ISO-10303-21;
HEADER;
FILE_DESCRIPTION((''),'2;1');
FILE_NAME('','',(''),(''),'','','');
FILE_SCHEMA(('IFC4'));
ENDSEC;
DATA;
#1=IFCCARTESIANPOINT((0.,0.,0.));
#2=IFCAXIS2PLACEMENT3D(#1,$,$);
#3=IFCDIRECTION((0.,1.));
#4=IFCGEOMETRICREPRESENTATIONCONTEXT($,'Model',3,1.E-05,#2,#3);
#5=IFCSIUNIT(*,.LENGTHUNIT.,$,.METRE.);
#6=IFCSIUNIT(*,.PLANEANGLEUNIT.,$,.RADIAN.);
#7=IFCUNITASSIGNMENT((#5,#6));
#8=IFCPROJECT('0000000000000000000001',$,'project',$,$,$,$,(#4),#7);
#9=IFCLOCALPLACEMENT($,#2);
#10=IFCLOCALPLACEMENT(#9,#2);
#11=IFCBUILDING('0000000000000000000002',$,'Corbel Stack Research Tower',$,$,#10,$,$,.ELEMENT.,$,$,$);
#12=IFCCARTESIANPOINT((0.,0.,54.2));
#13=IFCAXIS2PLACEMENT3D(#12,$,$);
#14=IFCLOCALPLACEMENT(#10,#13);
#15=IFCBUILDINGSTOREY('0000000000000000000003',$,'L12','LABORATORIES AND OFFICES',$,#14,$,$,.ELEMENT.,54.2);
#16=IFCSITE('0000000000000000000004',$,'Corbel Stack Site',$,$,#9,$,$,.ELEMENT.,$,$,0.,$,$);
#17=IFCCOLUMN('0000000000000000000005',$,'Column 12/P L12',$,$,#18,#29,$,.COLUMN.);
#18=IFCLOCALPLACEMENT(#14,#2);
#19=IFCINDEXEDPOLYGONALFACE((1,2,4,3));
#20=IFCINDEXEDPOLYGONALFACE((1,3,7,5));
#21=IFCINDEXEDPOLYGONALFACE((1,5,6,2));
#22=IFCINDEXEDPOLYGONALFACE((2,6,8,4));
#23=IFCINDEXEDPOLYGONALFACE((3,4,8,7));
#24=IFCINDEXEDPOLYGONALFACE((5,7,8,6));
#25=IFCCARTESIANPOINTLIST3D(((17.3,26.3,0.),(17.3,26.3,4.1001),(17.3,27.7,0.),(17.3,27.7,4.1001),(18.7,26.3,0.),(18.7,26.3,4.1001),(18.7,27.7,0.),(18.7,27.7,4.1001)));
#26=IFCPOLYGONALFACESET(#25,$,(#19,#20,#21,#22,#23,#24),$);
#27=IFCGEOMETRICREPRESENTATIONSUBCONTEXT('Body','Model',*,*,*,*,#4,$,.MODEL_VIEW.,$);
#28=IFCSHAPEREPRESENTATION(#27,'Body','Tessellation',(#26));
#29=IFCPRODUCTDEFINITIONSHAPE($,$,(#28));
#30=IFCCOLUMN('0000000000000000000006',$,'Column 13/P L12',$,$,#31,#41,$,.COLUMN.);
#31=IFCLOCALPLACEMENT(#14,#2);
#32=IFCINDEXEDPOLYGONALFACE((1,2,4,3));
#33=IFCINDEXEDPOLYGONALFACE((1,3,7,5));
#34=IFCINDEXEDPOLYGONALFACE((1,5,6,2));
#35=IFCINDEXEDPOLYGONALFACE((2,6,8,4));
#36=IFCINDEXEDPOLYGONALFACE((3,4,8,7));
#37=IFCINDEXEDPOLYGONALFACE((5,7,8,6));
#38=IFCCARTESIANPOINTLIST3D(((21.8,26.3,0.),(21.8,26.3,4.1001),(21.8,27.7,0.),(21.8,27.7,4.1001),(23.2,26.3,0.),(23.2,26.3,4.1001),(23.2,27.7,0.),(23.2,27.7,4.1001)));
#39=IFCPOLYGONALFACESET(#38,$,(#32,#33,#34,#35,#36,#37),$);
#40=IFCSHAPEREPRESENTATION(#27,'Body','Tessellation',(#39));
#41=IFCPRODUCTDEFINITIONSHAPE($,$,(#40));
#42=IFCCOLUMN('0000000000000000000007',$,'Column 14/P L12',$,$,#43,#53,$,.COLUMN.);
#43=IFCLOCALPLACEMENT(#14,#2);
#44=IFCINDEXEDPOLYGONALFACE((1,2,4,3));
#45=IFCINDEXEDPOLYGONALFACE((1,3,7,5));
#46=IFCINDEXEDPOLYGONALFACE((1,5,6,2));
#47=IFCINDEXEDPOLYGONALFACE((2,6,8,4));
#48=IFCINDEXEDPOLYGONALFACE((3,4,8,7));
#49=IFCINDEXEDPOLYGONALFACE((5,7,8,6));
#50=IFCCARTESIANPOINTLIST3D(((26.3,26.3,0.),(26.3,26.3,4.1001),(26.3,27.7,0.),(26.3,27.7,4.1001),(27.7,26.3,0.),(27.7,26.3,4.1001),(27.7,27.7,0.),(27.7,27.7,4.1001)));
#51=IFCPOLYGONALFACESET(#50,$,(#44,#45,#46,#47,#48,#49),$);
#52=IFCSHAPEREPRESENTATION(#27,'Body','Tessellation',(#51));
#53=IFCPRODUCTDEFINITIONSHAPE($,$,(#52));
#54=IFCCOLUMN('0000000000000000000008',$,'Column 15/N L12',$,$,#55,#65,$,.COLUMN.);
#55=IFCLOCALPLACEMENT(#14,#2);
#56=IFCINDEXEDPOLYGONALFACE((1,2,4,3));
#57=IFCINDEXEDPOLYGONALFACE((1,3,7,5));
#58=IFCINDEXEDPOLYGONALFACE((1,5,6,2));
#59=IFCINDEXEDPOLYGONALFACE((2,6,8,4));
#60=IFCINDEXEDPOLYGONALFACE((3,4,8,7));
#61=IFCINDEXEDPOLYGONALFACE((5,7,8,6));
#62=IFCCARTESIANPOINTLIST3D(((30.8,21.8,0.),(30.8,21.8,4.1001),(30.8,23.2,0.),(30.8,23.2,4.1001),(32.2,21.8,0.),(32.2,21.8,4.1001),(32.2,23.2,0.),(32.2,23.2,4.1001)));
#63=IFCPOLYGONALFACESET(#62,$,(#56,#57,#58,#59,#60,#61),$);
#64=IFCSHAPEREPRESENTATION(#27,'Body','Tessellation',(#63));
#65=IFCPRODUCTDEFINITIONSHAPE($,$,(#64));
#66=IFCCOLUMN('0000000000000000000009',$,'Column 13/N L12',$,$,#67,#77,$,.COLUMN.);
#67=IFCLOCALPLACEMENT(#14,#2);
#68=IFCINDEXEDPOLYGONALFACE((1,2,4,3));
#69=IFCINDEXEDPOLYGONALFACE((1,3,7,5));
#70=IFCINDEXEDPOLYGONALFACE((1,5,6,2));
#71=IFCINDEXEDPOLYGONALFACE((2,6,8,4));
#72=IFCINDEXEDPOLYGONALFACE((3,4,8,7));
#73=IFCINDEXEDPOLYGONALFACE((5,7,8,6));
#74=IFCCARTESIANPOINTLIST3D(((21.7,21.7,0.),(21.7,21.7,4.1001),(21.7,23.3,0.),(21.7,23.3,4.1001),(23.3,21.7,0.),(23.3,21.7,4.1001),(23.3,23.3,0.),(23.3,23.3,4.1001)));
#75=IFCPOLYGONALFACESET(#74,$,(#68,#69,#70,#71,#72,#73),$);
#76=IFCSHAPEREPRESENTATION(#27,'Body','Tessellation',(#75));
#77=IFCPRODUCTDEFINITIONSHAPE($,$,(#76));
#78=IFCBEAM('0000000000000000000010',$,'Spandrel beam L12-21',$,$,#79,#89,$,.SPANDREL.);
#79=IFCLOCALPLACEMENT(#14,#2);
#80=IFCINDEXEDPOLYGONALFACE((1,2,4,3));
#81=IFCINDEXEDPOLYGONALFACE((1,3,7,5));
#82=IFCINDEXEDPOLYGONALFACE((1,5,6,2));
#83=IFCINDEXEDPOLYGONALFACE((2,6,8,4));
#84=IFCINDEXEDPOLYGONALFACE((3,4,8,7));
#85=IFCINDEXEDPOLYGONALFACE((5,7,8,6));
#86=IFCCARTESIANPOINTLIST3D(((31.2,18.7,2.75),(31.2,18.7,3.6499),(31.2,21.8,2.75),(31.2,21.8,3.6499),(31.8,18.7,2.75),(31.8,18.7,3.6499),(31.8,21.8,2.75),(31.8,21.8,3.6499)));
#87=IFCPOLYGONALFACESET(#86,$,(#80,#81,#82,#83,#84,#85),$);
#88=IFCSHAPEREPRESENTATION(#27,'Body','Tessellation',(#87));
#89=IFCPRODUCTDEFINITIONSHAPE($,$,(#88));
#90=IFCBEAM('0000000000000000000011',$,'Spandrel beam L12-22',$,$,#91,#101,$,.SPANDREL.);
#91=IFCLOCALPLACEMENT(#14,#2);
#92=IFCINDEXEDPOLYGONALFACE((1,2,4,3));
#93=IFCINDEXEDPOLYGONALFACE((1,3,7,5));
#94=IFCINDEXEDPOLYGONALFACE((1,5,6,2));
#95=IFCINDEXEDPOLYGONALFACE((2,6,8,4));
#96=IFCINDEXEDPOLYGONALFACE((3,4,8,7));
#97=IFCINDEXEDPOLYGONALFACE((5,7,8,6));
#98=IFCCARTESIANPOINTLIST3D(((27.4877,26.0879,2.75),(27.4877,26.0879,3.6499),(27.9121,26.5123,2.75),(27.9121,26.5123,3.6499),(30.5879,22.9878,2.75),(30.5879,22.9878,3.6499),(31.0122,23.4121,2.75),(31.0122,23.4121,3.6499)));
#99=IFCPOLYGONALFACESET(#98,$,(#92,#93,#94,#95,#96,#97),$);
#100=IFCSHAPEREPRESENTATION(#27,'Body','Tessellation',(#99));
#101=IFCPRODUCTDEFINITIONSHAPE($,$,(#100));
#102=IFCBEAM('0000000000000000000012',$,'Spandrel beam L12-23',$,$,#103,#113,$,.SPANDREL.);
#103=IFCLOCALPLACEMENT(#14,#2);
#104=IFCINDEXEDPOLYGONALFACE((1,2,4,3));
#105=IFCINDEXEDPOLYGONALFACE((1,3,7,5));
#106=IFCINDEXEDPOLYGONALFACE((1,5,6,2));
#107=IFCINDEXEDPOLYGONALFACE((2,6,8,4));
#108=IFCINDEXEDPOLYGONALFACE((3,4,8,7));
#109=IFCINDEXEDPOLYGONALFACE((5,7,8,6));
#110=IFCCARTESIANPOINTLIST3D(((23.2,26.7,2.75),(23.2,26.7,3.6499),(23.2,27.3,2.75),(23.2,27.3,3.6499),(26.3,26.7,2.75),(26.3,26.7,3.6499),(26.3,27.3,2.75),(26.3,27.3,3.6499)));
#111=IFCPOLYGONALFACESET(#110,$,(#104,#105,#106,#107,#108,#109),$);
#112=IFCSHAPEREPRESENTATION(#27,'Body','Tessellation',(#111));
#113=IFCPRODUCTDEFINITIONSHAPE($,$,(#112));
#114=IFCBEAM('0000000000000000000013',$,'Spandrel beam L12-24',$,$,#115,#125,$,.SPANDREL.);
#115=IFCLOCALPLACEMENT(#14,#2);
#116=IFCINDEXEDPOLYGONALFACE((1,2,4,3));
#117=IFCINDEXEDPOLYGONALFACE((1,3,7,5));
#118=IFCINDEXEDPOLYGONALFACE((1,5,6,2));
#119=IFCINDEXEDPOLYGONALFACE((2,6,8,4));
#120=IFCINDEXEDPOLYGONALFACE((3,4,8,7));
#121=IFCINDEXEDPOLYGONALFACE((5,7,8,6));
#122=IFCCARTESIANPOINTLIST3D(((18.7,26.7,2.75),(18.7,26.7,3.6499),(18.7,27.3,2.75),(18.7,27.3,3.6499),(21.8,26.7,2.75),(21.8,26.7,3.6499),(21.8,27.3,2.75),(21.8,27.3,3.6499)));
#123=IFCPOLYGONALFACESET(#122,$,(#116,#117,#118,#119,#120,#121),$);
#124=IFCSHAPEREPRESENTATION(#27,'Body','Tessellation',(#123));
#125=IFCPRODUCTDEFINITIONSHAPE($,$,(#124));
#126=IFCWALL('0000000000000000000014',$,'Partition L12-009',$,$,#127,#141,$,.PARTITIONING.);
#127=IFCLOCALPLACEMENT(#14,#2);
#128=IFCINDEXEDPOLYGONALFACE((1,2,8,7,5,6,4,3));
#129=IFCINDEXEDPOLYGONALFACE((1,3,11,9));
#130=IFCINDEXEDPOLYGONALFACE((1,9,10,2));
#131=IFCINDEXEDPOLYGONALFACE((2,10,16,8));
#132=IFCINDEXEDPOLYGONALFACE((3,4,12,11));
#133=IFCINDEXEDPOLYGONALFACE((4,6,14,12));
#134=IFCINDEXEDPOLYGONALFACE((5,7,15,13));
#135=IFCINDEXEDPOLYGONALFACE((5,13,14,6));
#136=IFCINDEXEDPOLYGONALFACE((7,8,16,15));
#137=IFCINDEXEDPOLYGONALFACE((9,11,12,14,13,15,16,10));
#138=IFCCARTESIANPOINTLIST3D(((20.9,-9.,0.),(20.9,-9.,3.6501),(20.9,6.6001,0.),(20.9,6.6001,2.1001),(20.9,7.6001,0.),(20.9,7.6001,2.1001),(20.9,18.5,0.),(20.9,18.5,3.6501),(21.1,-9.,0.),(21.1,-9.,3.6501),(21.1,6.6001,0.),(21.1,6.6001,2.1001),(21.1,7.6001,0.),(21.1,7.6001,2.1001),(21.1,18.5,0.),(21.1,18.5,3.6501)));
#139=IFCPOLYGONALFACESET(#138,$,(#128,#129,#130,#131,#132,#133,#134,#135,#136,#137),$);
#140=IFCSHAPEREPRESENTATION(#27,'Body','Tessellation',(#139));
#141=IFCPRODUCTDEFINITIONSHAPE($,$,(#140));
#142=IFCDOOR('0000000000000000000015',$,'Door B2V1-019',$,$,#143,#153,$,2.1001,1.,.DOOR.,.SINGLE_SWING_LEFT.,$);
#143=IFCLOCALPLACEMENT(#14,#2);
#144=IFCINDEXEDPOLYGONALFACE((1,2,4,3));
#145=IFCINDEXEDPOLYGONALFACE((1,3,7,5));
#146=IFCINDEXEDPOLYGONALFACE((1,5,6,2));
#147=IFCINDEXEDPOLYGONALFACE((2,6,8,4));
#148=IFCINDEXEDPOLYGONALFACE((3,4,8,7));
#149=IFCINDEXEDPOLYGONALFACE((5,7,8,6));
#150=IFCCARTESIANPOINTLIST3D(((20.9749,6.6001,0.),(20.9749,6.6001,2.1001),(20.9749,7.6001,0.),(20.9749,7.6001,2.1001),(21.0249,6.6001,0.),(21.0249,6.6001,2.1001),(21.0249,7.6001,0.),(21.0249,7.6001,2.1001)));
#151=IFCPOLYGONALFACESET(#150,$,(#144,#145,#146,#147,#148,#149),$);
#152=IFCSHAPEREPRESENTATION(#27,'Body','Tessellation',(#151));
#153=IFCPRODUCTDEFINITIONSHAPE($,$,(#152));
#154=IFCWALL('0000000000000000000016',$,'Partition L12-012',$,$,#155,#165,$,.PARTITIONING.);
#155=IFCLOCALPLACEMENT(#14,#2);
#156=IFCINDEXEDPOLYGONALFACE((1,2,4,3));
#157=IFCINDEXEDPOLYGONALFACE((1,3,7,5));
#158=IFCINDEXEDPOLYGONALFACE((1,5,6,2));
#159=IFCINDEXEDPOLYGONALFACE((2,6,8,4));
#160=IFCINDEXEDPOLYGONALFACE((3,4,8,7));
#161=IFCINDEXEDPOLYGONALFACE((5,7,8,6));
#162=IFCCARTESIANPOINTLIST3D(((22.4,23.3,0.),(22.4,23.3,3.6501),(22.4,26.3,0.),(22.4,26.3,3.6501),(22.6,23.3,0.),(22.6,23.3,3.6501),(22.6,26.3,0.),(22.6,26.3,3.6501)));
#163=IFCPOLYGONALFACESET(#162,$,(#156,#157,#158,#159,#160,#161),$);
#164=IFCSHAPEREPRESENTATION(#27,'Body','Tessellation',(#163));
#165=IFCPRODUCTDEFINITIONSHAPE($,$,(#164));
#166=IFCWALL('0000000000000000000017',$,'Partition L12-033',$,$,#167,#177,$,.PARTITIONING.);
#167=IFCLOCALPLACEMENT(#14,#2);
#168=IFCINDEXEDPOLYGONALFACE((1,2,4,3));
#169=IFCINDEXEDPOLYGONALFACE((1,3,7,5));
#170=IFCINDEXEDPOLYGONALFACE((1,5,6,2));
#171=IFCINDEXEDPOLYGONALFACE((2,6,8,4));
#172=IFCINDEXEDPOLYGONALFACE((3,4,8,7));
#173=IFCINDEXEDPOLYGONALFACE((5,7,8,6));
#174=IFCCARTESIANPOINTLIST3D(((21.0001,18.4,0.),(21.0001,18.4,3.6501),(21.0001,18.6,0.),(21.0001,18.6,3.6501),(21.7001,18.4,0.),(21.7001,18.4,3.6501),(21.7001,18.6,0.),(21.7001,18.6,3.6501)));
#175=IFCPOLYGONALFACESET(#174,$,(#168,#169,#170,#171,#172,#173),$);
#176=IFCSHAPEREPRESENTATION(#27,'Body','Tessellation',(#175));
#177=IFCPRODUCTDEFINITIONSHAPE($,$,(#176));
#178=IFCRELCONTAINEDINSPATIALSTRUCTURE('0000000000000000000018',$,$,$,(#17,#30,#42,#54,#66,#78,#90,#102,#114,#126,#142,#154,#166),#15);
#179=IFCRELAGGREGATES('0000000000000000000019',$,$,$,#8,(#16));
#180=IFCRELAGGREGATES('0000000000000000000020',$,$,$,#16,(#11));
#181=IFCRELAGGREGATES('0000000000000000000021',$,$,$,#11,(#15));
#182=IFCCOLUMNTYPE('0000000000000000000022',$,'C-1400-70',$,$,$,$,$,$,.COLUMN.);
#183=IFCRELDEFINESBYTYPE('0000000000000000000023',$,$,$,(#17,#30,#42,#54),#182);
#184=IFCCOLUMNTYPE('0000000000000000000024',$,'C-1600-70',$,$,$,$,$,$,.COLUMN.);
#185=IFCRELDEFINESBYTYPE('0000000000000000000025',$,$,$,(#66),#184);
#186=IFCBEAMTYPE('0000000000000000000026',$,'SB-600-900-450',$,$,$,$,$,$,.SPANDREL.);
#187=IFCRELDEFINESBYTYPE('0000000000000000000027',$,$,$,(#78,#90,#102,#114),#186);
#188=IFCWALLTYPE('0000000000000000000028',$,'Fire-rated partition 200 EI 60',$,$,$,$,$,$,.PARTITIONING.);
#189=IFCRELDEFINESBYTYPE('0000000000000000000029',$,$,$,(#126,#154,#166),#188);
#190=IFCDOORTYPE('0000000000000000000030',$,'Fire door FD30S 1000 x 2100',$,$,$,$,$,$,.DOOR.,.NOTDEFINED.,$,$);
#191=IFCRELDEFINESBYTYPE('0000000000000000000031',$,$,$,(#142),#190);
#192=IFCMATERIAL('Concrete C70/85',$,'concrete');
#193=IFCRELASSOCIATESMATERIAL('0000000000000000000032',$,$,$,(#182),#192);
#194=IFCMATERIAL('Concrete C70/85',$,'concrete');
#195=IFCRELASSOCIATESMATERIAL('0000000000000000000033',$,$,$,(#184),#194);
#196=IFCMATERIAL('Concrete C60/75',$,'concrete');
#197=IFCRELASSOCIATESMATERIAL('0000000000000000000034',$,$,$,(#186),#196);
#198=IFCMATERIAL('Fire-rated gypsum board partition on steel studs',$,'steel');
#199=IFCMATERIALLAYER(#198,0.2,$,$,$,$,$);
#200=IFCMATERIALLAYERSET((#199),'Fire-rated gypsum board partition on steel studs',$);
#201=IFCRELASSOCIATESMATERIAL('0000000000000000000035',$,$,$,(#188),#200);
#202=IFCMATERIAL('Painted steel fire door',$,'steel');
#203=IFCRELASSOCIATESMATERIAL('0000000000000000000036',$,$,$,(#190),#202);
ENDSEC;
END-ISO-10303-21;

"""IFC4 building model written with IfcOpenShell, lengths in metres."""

from ifc_helpers import new_model, si_unit, direction, frame, frame_2d, origin, origin_2d, place, context, subcontext, project, spatial, rectangle, extrude, material, layer, layer_set, material_profile, profile_set, type_object, element, fill, save


model = new_model("IFC4")

# Units and contexts
model_context = context("Model", 3, precision=1e-05, world=origin(), true_north=direction((0.0, 1.0)))
body_context = subcontext(model_context, "Body", "Model", "MODEL_VIEW")
ifc_project = project(units=[si_unit("LENGTHUNIT", "METRE"), si_unit("PLANEANGLEUNIT", "RADIAN")], contexts=[model_context])

# Site, building, storey
site_placement = place(None, origin())
site = spatial("IfcSite", under=ifc_project, at=site_placement, Name="Corbel Stack Site", CompositionType="ELEMENT", RefElevation=0.0)
building_placement = place(site_placement, origin())
building = spatial("IfcBuilding", under=site, at=building_placement, Name="Corbel Stack Research Tower", CompositionType="ELEMENT")
storey_placement = place(building_placement, frame((0.0, 0.0, 54.2)))
storey = spatial("IfcBuildingStorey", under=building, at=storey_placement, Name="L12", Description="LABORATORIES AND OFFICES", CompositionType="ELEMENT", Elevation=54.2)

# Columns
ifc_material_1 = material(Name="Concrete C70/85", Category="concrete")
ifc_material_profile_1 = material_profile(ifc_material_1, rectangle(XDim=1.3999, YDim=1.3999, at=origin_2d()), Name="RC 1400 x 1400")
ifc_profile_set_1 = profile_set([ifc_material_profile_1], Name="Concrete C70/85")
column_type_1 = type_object("IfcColumnType", Name="C-1400-70", PredefinedType="COLUMN", material=ifc_profile_set_1)
for number, where, z_axis, x_axis, name in (
    (1, (18.0, 27.0, 0.0), (0.0, 0.0, 1.0), (1.0, 0.0, 0.0), "Column 12/P L12"),
    (2, (22.5, 27.0, 0.0), (0.0, 0.0, 1.0), (1.0, 0.0, 0.0), "Column 13/P L12"),
    (3, (27.0, 27.0, 0.0), (0.0, 0.0, 1.0), (1.0, 0.0, 0.0), "Column 14/P L12"),
    (4, (31.5, 22.5, 0.0), (0.0, 0.0, 1.0), (1.0, 0.0, 0.0), "Column 15/N L12"),
):
    element("IfcColumn", number, at=place(storey_placement, frame(where, z_axis=z_axis, x_axis=x_axis)), inside=storey, type_object=column_type_1, Name=name, PredefinedType="COLUMN", context=body_context, shape_type="SweptSolid", body=[
        extrude(rectangle(XDim=1.3999, YDim=1.3999, at=origin_2d()), origin(), (0.0, 0.0, 1.0), 4.1001),
    ])
ifc_material_2 = material(Name="Concrete C70/85", Category="concrete")
ifc_material_profile_2 = material_profile(ifc_material_2, rectangle(XDim=1.6001, YDim=1.6001, at=origin_2d()), Name="RC 1600 x 1600")
ifc_profile_set_2 = profile_set([ifc_material_profile_2], Name="Concrete C70/85")
column_type_2 = type_object("IfcColumnType", Name="C-1600-70", PredefinedType="COLUMN", material=ifc_profile_set_2)
column_placement = place(storey_placement, frame((22.5, 22.5, 0.0), z_axis=(0.0, 0.0, 1.0), x_axis=(1.0, 0.0, 0.0)))
element("IfcColumn", 5, at=column_placement, inside=storey, type_object=column_type_2, Name="Column 13/N L12", PredefinedType="COLUMN", context=body_context, shape_type="SweptSolid", body=[
    extrude(rectangle(XDim=1.6001, YDim=1.6001, at=origin_2d()), origin(), (0.0, 0.0, 1.0), 4.1001),
])

# Beams
ifc_material_3 = material(Name="Concrete C60/75", Category="concrete")
ifc_material_profile_3 = material_profile(ifc_material_3, rectangle(XDim=0.6001, YDim=0.8999, at=origin_2d()), Name="RC 600 x 900")
ifc_profile_set_3 = profile_set([ifc_material_profile_3], Name="Concrete C60/75")
beam_type = type_object("IfcBeamType", Name="SB-600-900-450", PredefinedType="SPANDREL", material=ifc_profile_set_3)
beam_1_placement = place(storey_placement, frame((31.5, 18.7, 3.2), z_axis=(0.0, 1.0, 0.0), x_axis=(-1.0, 0.0, 0.0)))
element("IfcBeam", 6, at=beam_1_placement, inside=storey, type_object=beam_type, Name="Spandrel beam L12-21", PredefinedType="SPANDREL", context=body_context, shape_type="SweptSolid", body=[
    extrude(rectangle(XDim=0.6001, YDim=0.8999, at=origin_2d()), origin(), (0.0, 0.0, 1.0), 3.1001),
])
beam_2_placement = place(storey_placement, frame((30.8, 23.2, 3.2), z_axis=(-0.707107, 0.707107, 0.0), x_axis=(-0.707107, -0.707107, 0.0)))
element("IfcBeam", 7, at=beam_2_placement, inside=storey, type_object=beam_type, Name="Spandrel beam L12-22", PredefinedType="SPANDREL", context=body_context, shape_type="SweptSolid", body=[
    extrude(rectangle(XDim=0.6001, YDim=0.8999, at=origin_2d()), origin(), (0.0, 0.0, 1.0), 4.3843),
])
for number, where, z_axis, x_axis, name in (
    (8, (26.3, 27.0, 3.2), (-1.0, 0.0, 0.0), (0.0, -1.0, 0.0), "Spandrel beam L12-23"),
    (9, (21.8, 27.0, 3.2), (-1.0, 0.0, 0.0), (0.0, -1.0, 0.0), "Spandrel beam L12-24"),
):
    element("IfcBeam", number, at=place(storey_placement, frame(where, z_axis=z_axis, x_axis=x_axis)), inside=storey, type_object=beam_type, Name=name, PredefinedType="SPANDREL", context=body_context, shape_type="SweptSolid", body=[
        extrude(rectangle(XDim=0.6001, YDim=0.8999, at=origin_2d()), origin(), (0.0, 0.0, 1.0), 3.1001),
    ])

# Wall, opening, door
ifc_material_4 = material(Name="Fire-rated gypsum board partition on steel studs", Category="steel")
ifc_layer_1 = layer(ifc_material_4, 0.2)
ifc_layer_set_1 = layer_set([ifc_layer_1], Name="Fire-rated gypsum board partition on steel studs")
wall_type_1 = type_object("IfcWallType", Name="Fire-rated partition 200 EI 60", PredefinedType="PARTITIONING", material=ifc_layer_set_1)
wall_1_placement = place(storey_placement, frame((21.0, 18.5, 0.0), z_axis=(0.0, 0.0, 1.0), x_axis=(0.0, -1.0, 0.0)))
wall_1 = element("IfcWall", 10, at=wall_1_placement, inside=storey, type_object=wall_type_1, Name="Partition L12-009", PredefinedType="PARTITIONING", context=body_context, shape_type="SweptSolid", body=[
    extrude(rectangle(XDim=27.5, YDim=0.2, at=frame_2d((13.75, 0.0))), origin(), (0.0, 0.0, 1.0), 3.6501),
])
opening_1_placement = place(wall_1_placement, frame((10.8999, 0.0, 0.0)))
opening_1 = element("IfcOpeningElement", 11, at=opening_1_placement, cuts=wall_1, PredefinedType="OPENING", context=body_context, shape_type="SweptSolid", body=[
    extrude(rectangle(XDim=1.0, YDim=2.1001, at=frame_2d((0.5, 1.05))), frame((0.0, 0.1099, 0.0), z_axis=(0.0, -1.0, 0.0), x_axis=(1.0, 0.0, 0.0)), (0.0, 0.0, 1.0), 0.22),
])
ifc_material_5 = material(Name="Painted steel fire door", Category="steel")
door_type_1 = type_object("IfcDoorType", Name="Fire door FD30S 1000 x 2100", OperationType="NOTDEFINED", PredefinedType="DOOR", material=ifc_material_5)
door_1_placement = place(opening_1_placement, origin())
door_1 = element("IfcDoor", 12, at=door_1_placement, inside=storey, type_object=door_type_1, Name="Door B2V1-019", OperationType="SINGLE_SWING_LEFT", OverallHeight=2.1001, OverallWidth=1.0, PredefinedType="DOOR", context=body_context, shape_type="SweptSolid", body=[
    extrude(rectangle(XDim=1.0, YDim=2.1001, at=frame_2d((0.5, 1.05))), frame((0.0, 0.0249, 0.0), z_axis=(0.0, -1.0, 0.0), x_axis=(1.0, 0.0, 0.0)), (0.0, 0.0, 1.0), 0.05),
])
fill(opening_1, door_1)

# Walls
wall_2_placement = place(storey_placement, frame((22.5, 23.3, 0.0), z_axis=(0.0, 0.0, 1.0), x_axis=(0.0, 1.0, 0.0)))
element("IfcWall", 13, at=wall_2_placement, inside=storey, type_object=wall_type_1, Name="Partition L12-012", PredefinedType="PARTITIONING", context=body_context, shape_type="SweptSolid", body=[
    extrude(rectangle(XDim=3.0, YDim=0.2, at=frame_2d((1.5, 0.0))), origin(), (0.0, 0.0, 1.0), 3.6501),
])
wall_3_placement = place(storey_placement, frame((21.0, 18.5, 0.0), z_axis=(0.0, 0.0, 1.0), x_axis=(1.0, 0.0, 0.0)))
element("IfcWall", 14, at=wall_3_placement, inside=storey, type_object=wall_type_1, Name="Partition L12-033", PredefinedType="PARTITIONING", context=body_context, shape_type="SweptSolid", body=[
    extrude(rectangle(XDim=0.7, YDim=0.2, at=frame_2d((0.3501, 0.0))), origin(), (0.0, 0.0, 1.0), 3.6501),
])

save(model, "model.ifc")
